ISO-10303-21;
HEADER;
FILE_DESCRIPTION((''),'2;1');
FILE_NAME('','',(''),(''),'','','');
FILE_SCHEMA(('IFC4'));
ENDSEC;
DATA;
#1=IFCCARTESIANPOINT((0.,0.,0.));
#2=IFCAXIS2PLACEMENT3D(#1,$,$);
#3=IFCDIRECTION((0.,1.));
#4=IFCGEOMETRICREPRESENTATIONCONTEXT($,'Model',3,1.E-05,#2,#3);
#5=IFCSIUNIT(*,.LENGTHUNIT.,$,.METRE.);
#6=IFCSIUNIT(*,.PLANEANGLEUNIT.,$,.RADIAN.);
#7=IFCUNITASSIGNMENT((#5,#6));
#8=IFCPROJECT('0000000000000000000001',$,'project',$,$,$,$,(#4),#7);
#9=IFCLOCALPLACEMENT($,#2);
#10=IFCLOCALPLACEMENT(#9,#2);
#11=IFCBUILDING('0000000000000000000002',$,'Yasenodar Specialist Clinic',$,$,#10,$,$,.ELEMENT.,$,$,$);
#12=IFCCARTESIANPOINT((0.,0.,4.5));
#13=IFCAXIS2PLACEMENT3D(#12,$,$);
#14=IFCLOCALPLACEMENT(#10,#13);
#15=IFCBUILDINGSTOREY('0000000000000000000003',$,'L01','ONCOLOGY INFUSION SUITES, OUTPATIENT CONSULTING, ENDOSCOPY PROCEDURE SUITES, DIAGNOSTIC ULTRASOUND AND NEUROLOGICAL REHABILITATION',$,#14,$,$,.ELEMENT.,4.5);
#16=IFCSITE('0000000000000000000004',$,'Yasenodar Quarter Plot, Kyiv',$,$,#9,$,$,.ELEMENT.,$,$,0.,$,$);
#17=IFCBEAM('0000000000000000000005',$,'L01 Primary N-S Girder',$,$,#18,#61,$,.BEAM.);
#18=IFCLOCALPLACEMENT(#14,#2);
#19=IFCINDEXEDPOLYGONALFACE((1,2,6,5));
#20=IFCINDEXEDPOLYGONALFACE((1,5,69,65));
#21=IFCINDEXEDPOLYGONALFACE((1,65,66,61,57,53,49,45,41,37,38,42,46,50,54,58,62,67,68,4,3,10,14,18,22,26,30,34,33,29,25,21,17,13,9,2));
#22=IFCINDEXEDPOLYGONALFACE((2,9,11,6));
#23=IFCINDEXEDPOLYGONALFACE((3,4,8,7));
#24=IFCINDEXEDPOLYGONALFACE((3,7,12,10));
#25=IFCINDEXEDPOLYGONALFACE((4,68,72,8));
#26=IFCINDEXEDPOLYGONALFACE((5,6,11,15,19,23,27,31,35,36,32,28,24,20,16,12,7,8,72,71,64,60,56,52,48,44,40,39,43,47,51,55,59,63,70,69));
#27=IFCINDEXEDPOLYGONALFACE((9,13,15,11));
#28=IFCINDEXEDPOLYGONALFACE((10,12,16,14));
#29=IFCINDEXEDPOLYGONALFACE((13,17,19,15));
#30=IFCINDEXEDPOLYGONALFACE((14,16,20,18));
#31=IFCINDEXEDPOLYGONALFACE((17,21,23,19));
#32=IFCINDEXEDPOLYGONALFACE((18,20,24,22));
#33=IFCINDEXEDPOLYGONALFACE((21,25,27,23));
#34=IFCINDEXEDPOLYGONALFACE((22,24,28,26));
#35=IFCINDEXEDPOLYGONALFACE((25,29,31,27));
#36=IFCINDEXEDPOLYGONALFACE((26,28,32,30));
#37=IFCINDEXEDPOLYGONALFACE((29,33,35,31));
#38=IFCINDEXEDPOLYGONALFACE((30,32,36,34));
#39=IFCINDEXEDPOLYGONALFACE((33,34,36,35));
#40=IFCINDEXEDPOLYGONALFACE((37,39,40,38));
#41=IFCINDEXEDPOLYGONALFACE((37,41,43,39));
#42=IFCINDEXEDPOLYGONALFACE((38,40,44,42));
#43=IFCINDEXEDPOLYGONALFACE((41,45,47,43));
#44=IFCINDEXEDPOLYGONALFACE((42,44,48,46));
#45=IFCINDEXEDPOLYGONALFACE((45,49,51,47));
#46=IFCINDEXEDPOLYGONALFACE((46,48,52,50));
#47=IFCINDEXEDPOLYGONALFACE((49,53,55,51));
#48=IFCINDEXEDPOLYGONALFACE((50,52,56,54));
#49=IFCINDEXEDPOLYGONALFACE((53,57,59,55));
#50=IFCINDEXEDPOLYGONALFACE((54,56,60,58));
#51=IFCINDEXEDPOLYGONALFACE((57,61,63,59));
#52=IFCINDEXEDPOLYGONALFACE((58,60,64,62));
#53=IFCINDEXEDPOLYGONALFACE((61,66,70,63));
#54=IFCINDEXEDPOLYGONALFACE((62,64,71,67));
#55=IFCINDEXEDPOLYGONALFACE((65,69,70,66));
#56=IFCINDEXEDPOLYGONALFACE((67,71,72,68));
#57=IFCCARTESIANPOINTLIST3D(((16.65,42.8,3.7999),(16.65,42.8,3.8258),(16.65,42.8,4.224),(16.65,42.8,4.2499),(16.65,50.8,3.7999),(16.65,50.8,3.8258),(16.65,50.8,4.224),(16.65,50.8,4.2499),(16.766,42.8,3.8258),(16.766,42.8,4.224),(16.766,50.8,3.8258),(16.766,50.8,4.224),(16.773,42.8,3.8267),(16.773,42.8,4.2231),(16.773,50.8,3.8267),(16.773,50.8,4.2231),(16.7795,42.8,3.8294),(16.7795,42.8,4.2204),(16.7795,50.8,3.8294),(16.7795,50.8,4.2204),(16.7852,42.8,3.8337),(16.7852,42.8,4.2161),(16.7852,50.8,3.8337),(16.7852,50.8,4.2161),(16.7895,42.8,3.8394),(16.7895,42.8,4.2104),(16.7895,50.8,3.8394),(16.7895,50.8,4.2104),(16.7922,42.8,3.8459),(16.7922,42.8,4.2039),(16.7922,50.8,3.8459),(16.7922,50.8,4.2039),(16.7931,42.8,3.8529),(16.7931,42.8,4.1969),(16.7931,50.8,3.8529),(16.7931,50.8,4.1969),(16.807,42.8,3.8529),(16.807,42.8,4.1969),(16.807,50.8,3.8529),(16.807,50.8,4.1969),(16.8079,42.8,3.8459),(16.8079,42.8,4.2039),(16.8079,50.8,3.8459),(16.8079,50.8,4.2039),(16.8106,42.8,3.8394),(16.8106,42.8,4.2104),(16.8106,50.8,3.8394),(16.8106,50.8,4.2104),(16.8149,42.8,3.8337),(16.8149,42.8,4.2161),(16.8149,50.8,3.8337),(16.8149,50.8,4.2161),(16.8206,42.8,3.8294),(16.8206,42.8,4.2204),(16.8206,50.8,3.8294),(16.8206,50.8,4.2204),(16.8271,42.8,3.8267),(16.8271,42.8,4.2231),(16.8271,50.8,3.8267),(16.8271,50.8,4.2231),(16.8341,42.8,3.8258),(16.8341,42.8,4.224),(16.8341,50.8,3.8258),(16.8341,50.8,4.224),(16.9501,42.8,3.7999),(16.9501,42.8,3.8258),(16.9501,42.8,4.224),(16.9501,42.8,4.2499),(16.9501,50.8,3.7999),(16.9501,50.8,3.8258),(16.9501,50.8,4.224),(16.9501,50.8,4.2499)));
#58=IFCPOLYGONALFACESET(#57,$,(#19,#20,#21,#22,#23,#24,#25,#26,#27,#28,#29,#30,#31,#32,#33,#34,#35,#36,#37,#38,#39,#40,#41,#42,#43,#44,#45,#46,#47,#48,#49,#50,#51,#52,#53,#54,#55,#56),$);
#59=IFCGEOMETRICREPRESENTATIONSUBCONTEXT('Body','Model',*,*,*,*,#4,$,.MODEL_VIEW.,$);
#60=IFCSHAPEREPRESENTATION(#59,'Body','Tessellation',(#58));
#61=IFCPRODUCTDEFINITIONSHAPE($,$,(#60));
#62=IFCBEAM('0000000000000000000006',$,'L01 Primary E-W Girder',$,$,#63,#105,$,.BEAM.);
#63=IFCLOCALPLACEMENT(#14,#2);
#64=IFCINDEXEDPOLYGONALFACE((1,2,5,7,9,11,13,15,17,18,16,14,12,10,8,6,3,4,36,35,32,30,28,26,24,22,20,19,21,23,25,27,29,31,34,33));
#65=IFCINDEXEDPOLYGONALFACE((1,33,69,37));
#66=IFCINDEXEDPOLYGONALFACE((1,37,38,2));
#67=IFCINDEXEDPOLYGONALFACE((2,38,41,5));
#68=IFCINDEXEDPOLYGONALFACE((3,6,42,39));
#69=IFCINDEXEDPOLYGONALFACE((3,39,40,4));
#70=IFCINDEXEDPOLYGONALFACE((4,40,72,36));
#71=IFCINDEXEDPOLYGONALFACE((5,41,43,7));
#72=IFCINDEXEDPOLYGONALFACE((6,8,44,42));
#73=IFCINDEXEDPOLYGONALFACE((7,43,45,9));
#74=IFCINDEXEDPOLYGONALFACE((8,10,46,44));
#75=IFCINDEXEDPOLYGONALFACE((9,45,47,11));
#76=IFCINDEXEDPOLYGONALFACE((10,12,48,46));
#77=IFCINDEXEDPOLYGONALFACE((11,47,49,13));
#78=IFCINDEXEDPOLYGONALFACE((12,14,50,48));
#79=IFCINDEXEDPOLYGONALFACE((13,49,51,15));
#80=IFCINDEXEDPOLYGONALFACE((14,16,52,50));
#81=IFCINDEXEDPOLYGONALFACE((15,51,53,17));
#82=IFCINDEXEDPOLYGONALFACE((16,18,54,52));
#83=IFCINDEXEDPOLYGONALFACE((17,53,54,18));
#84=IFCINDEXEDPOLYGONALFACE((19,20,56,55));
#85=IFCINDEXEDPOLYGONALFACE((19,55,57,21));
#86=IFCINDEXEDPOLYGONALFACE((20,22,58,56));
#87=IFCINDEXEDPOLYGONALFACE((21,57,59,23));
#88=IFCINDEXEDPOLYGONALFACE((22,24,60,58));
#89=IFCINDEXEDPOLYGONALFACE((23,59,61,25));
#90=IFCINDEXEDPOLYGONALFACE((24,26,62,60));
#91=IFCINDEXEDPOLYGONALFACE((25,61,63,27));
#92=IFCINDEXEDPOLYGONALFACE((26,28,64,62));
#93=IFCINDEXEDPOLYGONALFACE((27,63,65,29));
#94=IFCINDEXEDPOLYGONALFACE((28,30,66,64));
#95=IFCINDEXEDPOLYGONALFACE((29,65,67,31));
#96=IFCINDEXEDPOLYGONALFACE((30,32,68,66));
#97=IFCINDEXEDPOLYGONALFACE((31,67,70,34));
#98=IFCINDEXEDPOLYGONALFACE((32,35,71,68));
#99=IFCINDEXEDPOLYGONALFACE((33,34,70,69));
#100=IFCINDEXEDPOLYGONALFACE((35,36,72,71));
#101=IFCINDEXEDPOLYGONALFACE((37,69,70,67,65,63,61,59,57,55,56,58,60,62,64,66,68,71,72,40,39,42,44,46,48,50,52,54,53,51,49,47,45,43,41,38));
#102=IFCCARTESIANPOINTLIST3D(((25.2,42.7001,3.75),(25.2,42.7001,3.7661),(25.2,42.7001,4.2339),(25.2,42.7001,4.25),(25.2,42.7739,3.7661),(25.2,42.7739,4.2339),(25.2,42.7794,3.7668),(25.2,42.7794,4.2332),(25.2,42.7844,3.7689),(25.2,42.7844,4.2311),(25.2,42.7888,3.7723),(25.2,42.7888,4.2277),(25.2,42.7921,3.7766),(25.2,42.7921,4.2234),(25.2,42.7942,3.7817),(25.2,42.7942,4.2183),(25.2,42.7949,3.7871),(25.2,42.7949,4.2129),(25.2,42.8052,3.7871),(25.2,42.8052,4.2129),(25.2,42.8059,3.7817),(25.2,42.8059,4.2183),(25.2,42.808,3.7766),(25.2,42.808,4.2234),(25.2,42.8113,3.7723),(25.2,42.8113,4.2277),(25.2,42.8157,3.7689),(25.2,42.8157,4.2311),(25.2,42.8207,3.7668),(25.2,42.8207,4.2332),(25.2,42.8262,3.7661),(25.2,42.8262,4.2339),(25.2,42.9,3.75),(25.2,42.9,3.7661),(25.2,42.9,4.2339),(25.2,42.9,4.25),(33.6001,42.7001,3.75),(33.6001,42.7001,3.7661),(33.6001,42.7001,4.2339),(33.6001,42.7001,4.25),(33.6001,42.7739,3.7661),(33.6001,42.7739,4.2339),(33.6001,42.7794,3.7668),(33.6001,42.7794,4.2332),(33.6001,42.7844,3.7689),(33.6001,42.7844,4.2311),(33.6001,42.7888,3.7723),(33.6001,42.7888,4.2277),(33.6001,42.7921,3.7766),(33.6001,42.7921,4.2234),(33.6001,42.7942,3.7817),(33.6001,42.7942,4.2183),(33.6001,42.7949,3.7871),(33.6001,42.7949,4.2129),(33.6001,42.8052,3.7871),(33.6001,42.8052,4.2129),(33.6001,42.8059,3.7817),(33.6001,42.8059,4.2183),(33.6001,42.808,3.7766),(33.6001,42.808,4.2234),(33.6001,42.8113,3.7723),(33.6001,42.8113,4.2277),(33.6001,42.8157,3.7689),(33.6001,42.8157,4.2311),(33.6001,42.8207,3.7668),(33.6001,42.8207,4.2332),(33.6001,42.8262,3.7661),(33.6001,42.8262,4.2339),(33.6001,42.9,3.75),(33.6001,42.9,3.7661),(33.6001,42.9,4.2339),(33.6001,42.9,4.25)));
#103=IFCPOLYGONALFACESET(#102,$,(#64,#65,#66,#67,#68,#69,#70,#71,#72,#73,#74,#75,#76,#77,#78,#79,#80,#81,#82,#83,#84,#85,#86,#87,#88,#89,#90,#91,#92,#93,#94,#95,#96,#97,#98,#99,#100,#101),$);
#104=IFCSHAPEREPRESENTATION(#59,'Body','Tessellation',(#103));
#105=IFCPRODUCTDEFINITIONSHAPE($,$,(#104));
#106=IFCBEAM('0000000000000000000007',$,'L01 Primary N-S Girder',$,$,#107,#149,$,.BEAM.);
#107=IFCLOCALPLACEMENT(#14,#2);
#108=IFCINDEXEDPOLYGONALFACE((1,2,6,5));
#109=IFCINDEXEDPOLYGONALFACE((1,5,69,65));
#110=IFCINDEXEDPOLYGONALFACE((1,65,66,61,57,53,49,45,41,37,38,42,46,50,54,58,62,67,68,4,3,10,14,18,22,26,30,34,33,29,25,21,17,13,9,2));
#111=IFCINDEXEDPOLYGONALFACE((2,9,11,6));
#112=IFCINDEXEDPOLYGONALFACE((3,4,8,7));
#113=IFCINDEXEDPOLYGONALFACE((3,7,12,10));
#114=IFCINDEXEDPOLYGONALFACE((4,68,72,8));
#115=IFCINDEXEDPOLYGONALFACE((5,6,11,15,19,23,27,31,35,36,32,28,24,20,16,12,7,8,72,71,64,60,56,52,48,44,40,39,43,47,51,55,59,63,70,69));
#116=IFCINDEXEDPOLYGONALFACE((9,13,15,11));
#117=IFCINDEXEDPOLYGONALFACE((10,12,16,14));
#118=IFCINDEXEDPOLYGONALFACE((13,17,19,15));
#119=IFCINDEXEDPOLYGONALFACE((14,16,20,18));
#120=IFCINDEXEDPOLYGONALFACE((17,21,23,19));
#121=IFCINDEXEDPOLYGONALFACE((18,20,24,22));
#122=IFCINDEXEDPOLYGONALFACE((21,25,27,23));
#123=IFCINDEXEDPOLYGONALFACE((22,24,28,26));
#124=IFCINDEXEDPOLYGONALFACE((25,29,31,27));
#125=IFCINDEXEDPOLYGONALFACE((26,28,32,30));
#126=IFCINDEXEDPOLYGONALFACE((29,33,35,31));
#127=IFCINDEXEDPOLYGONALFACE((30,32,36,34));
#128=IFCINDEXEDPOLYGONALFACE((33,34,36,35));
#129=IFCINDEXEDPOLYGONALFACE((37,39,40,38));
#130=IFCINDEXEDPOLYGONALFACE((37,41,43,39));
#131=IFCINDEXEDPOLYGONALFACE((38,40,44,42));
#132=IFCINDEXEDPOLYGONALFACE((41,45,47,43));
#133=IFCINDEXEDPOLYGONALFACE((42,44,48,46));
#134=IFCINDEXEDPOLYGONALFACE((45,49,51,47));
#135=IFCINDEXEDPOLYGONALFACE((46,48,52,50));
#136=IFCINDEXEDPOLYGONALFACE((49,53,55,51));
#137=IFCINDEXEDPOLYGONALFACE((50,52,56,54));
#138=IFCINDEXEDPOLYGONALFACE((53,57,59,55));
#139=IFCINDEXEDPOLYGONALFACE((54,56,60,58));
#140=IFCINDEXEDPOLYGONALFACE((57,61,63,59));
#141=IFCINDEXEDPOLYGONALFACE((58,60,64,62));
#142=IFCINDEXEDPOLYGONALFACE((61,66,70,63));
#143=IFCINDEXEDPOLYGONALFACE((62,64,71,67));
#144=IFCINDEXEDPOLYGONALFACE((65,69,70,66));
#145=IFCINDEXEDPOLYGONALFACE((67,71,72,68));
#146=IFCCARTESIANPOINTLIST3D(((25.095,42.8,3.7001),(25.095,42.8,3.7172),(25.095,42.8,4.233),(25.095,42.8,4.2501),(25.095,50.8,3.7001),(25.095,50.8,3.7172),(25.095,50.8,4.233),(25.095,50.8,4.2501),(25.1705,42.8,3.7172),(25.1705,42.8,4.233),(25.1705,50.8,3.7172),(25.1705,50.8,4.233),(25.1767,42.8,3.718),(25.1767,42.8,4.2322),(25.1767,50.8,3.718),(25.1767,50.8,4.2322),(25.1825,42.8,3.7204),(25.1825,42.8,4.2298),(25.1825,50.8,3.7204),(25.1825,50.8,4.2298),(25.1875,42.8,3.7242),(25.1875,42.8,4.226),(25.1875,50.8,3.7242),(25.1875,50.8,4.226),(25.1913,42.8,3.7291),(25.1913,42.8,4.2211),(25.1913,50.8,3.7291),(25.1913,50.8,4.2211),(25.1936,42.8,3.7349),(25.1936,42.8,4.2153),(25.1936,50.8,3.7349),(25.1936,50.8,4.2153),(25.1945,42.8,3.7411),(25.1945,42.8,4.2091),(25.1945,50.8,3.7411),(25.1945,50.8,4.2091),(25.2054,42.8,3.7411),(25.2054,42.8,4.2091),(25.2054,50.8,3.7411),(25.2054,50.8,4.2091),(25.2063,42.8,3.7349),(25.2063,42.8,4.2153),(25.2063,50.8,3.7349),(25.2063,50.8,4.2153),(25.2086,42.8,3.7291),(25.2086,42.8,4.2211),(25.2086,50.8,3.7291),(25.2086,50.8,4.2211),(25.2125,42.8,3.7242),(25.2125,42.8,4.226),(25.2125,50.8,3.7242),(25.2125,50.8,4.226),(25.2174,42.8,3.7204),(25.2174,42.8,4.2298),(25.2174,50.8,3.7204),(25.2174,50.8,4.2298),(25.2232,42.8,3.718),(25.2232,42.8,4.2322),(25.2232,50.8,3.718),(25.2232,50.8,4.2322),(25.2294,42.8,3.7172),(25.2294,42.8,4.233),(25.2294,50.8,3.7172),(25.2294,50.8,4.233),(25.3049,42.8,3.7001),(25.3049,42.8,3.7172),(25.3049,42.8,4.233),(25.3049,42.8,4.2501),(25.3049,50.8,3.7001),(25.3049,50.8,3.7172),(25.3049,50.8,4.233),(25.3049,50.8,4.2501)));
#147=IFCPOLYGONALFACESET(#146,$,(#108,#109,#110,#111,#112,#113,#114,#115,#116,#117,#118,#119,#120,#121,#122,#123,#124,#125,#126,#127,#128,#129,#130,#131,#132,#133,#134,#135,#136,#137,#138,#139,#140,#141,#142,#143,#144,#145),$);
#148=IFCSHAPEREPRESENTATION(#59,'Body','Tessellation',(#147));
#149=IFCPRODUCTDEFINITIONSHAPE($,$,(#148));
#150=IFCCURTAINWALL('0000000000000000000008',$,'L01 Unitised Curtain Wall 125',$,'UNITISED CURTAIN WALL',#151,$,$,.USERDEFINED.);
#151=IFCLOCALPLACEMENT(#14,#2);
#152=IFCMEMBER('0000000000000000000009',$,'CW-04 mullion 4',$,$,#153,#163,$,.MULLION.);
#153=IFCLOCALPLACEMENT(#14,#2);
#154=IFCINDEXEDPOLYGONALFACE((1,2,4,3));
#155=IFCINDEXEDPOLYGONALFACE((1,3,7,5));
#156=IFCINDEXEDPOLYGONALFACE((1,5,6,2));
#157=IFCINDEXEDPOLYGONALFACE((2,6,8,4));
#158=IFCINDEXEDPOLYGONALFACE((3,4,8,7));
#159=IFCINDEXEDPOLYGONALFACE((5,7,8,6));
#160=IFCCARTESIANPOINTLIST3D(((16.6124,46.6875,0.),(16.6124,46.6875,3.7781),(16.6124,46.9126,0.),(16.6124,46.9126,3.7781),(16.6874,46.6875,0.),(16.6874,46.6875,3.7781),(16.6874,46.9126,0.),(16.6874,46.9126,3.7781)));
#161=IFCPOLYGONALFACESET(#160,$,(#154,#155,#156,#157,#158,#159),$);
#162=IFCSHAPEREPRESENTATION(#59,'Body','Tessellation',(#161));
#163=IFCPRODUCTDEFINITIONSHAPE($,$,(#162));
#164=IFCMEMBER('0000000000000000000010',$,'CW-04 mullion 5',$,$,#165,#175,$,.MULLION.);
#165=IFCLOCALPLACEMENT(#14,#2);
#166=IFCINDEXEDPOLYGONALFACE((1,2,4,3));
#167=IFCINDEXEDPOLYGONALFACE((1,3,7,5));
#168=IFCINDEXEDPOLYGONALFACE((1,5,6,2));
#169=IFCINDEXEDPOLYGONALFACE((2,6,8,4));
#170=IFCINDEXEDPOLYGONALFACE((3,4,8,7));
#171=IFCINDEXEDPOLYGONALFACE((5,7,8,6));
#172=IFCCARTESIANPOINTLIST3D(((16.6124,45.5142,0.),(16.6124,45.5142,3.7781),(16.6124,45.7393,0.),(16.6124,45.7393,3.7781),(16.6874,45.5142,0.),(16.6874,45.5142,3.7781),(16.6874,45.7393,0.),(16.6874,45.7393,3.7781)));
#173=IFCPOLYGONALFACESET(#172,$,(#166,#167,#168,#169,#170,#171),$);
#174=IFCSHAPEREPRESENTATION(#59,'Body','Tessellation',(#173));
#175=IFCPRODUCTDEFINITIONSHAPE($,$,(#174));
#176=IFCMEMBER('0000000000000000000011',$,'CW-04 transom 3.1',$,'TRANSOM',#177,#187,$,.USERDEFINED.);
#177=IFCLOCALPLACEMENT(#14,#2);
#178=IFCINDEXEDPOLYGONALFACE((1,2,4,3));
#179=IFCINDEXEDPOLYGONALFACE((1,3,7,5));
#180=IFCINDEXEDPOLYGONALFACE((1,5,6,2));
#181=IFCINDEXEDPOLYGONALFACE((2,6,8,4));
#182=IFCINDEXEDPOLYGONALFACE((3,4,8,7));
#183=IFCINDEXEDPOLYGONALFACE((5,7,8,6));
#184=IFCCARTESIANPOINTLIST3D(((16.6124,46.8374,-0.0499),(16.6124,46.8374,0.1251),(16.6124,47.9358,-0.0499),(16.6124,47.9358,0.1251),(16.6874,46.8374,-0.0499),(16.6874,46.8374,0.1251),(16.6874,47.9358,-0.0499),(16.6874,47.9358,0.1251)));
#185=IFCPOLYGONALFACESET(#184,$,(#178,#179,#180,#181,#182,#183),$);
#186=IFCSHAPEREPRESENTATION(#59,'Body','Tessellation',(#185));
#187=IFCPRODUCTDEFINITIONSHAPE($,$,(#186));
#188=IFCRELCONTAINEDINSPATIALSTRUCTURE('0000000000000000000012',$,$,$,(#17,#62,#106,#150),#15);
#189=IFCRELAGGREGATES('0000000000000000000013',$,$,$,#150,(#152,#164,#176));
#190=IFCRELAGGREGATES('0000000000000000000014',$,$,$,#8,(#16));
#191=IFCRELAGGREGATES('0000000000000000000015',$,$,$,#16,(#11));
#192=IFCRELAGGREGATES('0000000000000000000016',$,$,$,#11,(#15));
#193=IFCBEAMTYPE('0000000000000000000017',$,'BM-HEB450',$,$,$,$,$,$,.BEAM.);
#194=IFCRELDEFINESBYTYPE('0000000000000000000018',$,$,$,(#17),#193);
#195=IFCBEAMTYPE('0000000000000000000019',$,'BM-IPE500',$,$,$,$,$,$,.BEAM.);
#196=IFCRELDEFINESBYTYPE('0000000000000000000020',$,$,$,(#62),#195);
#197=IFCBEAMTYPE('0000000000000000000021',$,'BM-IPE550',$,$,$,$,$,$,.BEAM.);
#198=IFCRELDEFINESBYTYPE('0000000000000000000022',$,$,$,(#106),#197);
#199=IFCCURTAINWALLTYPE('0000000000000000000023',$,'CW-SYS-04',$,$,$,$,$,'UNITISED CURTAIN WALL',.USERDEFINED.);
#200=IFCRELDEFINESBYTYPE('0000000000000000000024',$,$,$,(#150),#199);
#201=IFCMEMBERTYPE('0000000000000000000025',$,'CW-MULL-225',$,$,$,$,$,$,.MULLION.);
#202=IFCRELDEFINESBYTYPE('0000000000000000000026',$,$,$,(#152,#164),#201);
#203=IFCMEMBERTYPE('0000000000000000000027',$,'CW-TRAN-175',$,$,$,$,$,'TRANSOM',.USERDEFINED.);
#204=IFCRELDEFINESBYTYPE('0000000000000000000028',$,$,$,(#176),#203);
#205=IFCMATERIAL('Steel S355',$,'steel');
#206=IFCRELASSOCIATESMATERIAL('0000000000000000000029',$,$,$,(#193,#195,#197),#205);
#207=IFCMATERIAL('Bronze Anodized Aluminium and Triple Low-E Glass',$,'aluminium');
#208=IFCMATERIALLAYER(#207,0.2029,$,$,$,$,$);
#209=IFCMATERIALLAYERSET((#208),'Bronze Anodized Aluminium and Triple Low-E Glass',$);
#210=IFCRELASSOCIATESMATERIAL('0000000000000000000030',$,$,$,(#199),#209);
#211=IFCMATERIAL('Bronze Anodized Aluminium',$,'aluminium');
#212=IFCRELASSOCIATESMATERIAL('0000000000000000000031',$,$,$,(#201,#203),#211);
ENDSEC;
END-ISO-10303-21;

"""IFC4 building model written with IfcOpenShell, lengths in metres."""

from ifc_helpers import new_model, si_unit, direction, frame, origin, origin_2d, place, context, subcontext, project, spatial, rectangle, i_section, extrude, material, layer, layer_set, material_profile, profile_set, type_object, element, aggregate, save


model = new_model("IFC4")

# Units and contexts
model_context = context("Model", 3, precision=1e-05, world=origin(), true_north=direction((0.0, 1.0)))
body_context = subcontext(model_context, "Body", "Model", "MODEL_VIEW")
ifc_project = project(units=[si_unit("LENGTHUNIT", "METRE"), si_unit("PLANEANGLEUNIT", "RADIAN")], contexts=[model_context])

# Site, building, storey
site_placement = place(None, origin())
site = spatial("IfcSite", under=ifc_project, at=site_placement, Name="Yasenodar Quarter Plot, Kyiv", CompositionType="ELEMENT", RefElevation=0.0)
building_placement = place(site_placement, origin())
building = spatial("IfcBuilding", under=site, at=building_placement, Name="Yasenodar Specialist Clinic", CompositionType="ELEMENT")
storey_placement = place(building_placement, frame((0.0, 0.0, 4.5)))
storey = spatial("IfcBuildingStorey", under=building, at=storey_placement, Name="L01", Description="ONCOLOGY INFUSION SUITES, OUTPATIENT CONSULTING, ENDOSCOPY PROCEDURE SUITES, DIAGNOSTIC ULTRASOUND AND NEUROLOGICAL REHABILITATION", CompositionType="ELEMENT", Elevation=4.5)

# Shared definitions
ifc_material_1 = material(Name="Steel S355", Category="steel")

# Beams
ifc_material_profile_1 = material_profile(ifc_material_1, i_section(OverallWidth=0.3, OverallDepth=0.45, WebThickness=0.0139, FlangeThickness=0.0259, FilletRadius=0.0271, at=origin_2d()), Name="HEB 450")
ifc_profile_set_1 = profile_set([ifc_material_profile_1], Name="Steel S355")
beam_type_1 = type_object("IfcBeamType", Name="BM-HEB450", PredefinedType="BEAM", material=ifc_profile_set_1)
beam_1_placement = place(storey_placement, frame((16.8, 42.8, 4.0249), z_axis=(0.0, 1.0, 0.0), x_axis=(-1.0, 0.0, 0.0)))
element("IfcBeam", 1, at=beam_1_placement, inside=storey, type_object=beam_type_1, Name="L01 Primary N-S Girder", PredefinedType="BEAM", context=body_context, shape_type="SweptSolid", body=[
    extrude(i_section(OverallWidth=0.3, OverallDepth=0.45, WebThickness=0.0139, FlangeThickness=0.0259, FilletRadius=0.0271, at=origin_2d()), origin(), (0.0, 0.0, 1.0), 8.0),
])
ifc_material_profile_2 = material_profile(ifc_material_1, i_section(OverallWidth=0.2, OverallDepth=0.5, WebThickness=0.0103, FlangeThickness=0.0161, FilletRadius=0.021, at=origin_2d()), Name="IPE 500")
ifc_profile_set_2 = profile_set([ifc_material_profile_2], Name="Steel S355")
beam_type_2 = type_object("IfcBeamType", Name="BM-IPE500", PredefinedType="BEAM", material=ifc_profile_set_2)
beam_2_placement = place(storey_placement, frame((25.2, 42.8, 4.0), z_axis=(1.0, 0.0, 0.0), x_axis=(0.0, 1.0, 0.0)))
element("IfcBeam", 2, at=beam_2_placement, inside=storey, type_object=beam_type_2, Name="L01 Primary E-W Girder", PredefinedType="BEAM", context=body_context, shape_type="SweptSolid", body=[
    extrude(i_section(OverallWidth=0.2, OverallDepth=0.5, WebThickness=0.0103, FlangeThickness=0.0161, FilletRadius=0.021, at=origin_2d()), origin(), (0.0, 0.0, 1.0), 8.4001),
])
ifc_material_profile_3 = material_profile(ifc_material_1, i_section(OverallWidth=0.21, OverallDepth=0.55, WebThickness=0.011, FlangeThickness=0.0171, FilletRadius=0.0239, at=origin_2d()), Name="IPE 550")
ifc_profile_set_3 = profile_set([ifc_material_profile_3], Name="Steel S355")
beam_type_3 = type_object("IfcBeamType", Name="BM-IPE550", PredefinedType="BEAM", material=ifc_profile_set_3)
beam_3_placement = place(storey_placement, frame((25.2, 42.8, 3.9751), z_axis=(0.0, 1.0, 0.0), x_axis=(-1.0, 0.0, 0.0)))
element("IfcBeam", 3, at=beam_3_placement, inside=storey, type_object=beam_type_3, Name="L01 Primary N-S Girder", PredefinedType="BEAM", context=body_context, shape_type="SweptSolid", body=[
    extrude(i_section(OverallWidth=0.21, OverallDepth=0.55, WebThickness=0.011, FlangeThickness=0.0171, FilletRadius=0.0239, at=origin_2d()), origin(), (0.0, 0.0, 1.0), 8.0),
])

# Curtain wall, members
ifc_material_2 = material(Name="Bronze Anodized Aluminium and Triple Low-E Glass", Category="aluminium")
ifc_layer_1 = layer(ifc_material_2, 0.2029)
ifc_layer_set_1 = layer_set([ifc_layer_1], Name="Bronze Anodized Aluminium and Triple Low-E Glass")
curtain_wall_type = type_object("IfcCurtainWallType", Name="CW-SYS-04", ElementType="UNITISED CURTAIN WALL", PredefinedType="USERDEFINED", material=ifc_layer_set_1)
curtain_wall_placement = place(storey_placement, origin())
curtain_wall = element("IfcCurtainWall", 4, at=curtain_wall_placement, inside=storey, type_object=curtain_wall_type, Name="L01 Unitised Curtain Wall 125", ObjectType="UNITISED CURTAIN WALL", PredefinedType="USERDEFINED")
ifc_material_3 = material(Name="Bronze Anodized Aluminium", Category="aluminium")
ifc_material_profile_4 = material_profile(ifc_material_3, rectangle(XDim=0.075, YDim=0.2251, at=origin_2d()), Name="CW-MULL 75x225")
ifc_profile_set_4 = profile_set([ifc_material_profile_4], Name="Bronze Anodized Aluminium")
member_type_1 = type_object("IfcMemberType", Name="CW-MULL-225", PredefinedType="MULLION", material=ifc_profile_set_4)
member_1_placement = place(storey_placement, frame((16.6499, 46.8, 0.0), z_axis=(0.0, 0.0, 1.0), x_axis=(1.0, 0.0, 0.0)))
member_1 = element("IfcMember", 5, at=member_1_placement, type_object=member_type_1, Name="CW-04 mullion 4", PredefinedType="MULLION", context=body_context, shape_type="SweptSolid", body=[
    extrude(rectangle(XDim=0.075, YDim=0.2251, at=origin_2d()), origin(), (0.0, 0.0, 1.0), 3.7781),
])
member_2_placement = place(storey_placement, frame((16.6499, 45.6267, 0.0), z_axis=(0.0, 0.0, 1.0), x_axis=(1.0, 0.0, 0.0)))
member_2 = element("IfcMember", 6, at=member_2_placement, type_object=member_type_1, Name="CW-04 mullion 5", PredefinedType="MULLION", context=body_context, shape_type="SweptSolid", body=[
    extrude(rectangle(XDim=0.075, YDim=0.2251, at=origin_2d()), origin(), (0.0, 0.0, 1.0), 3.7781),
])
ifc_material_profile_5 = material_profile(ifc_material_3, rectangle(XDim=0.075, YDim=0.175, at=origin_2d()), Name="CW-TRAN 75x175")
ifc_profile_set_5 = profile_set([ifc_material_profile_5], Name="Bronze Anodized Aluminium")
member_type_2 = type_object("IfcMemberType", Name="CW-TRAN-175", ElementType="TRANSOM", PredefinedType="USERDEFINED", material=ifc_profile_set_5)
member_3_placement = place(storey_placement, frame((16.6499, 47.9358, 0.0376), z_axis=(0.0, -1.0, 0.0), x_axis=(1.0, 0.0, 0.0)))
member_3 = element("IfcMember", 7, at=member_3_placement, type_object=member_type_2, Name="CW-04 transom 3.1", ObjectType="TRANSOM", PredefinedType="USERDEFINED", context=body_context, shape_type="SweptSolid", body=[
    extrude(rectangle(XDim=0.075, YDim=0.175, at=origin_2d()), origin(), (0.0, 0.0, 1.0), 1.0984),
])

aggregate(curtain_wall, [member_1, member_2, member_3])

save(model, "model.ifc")
